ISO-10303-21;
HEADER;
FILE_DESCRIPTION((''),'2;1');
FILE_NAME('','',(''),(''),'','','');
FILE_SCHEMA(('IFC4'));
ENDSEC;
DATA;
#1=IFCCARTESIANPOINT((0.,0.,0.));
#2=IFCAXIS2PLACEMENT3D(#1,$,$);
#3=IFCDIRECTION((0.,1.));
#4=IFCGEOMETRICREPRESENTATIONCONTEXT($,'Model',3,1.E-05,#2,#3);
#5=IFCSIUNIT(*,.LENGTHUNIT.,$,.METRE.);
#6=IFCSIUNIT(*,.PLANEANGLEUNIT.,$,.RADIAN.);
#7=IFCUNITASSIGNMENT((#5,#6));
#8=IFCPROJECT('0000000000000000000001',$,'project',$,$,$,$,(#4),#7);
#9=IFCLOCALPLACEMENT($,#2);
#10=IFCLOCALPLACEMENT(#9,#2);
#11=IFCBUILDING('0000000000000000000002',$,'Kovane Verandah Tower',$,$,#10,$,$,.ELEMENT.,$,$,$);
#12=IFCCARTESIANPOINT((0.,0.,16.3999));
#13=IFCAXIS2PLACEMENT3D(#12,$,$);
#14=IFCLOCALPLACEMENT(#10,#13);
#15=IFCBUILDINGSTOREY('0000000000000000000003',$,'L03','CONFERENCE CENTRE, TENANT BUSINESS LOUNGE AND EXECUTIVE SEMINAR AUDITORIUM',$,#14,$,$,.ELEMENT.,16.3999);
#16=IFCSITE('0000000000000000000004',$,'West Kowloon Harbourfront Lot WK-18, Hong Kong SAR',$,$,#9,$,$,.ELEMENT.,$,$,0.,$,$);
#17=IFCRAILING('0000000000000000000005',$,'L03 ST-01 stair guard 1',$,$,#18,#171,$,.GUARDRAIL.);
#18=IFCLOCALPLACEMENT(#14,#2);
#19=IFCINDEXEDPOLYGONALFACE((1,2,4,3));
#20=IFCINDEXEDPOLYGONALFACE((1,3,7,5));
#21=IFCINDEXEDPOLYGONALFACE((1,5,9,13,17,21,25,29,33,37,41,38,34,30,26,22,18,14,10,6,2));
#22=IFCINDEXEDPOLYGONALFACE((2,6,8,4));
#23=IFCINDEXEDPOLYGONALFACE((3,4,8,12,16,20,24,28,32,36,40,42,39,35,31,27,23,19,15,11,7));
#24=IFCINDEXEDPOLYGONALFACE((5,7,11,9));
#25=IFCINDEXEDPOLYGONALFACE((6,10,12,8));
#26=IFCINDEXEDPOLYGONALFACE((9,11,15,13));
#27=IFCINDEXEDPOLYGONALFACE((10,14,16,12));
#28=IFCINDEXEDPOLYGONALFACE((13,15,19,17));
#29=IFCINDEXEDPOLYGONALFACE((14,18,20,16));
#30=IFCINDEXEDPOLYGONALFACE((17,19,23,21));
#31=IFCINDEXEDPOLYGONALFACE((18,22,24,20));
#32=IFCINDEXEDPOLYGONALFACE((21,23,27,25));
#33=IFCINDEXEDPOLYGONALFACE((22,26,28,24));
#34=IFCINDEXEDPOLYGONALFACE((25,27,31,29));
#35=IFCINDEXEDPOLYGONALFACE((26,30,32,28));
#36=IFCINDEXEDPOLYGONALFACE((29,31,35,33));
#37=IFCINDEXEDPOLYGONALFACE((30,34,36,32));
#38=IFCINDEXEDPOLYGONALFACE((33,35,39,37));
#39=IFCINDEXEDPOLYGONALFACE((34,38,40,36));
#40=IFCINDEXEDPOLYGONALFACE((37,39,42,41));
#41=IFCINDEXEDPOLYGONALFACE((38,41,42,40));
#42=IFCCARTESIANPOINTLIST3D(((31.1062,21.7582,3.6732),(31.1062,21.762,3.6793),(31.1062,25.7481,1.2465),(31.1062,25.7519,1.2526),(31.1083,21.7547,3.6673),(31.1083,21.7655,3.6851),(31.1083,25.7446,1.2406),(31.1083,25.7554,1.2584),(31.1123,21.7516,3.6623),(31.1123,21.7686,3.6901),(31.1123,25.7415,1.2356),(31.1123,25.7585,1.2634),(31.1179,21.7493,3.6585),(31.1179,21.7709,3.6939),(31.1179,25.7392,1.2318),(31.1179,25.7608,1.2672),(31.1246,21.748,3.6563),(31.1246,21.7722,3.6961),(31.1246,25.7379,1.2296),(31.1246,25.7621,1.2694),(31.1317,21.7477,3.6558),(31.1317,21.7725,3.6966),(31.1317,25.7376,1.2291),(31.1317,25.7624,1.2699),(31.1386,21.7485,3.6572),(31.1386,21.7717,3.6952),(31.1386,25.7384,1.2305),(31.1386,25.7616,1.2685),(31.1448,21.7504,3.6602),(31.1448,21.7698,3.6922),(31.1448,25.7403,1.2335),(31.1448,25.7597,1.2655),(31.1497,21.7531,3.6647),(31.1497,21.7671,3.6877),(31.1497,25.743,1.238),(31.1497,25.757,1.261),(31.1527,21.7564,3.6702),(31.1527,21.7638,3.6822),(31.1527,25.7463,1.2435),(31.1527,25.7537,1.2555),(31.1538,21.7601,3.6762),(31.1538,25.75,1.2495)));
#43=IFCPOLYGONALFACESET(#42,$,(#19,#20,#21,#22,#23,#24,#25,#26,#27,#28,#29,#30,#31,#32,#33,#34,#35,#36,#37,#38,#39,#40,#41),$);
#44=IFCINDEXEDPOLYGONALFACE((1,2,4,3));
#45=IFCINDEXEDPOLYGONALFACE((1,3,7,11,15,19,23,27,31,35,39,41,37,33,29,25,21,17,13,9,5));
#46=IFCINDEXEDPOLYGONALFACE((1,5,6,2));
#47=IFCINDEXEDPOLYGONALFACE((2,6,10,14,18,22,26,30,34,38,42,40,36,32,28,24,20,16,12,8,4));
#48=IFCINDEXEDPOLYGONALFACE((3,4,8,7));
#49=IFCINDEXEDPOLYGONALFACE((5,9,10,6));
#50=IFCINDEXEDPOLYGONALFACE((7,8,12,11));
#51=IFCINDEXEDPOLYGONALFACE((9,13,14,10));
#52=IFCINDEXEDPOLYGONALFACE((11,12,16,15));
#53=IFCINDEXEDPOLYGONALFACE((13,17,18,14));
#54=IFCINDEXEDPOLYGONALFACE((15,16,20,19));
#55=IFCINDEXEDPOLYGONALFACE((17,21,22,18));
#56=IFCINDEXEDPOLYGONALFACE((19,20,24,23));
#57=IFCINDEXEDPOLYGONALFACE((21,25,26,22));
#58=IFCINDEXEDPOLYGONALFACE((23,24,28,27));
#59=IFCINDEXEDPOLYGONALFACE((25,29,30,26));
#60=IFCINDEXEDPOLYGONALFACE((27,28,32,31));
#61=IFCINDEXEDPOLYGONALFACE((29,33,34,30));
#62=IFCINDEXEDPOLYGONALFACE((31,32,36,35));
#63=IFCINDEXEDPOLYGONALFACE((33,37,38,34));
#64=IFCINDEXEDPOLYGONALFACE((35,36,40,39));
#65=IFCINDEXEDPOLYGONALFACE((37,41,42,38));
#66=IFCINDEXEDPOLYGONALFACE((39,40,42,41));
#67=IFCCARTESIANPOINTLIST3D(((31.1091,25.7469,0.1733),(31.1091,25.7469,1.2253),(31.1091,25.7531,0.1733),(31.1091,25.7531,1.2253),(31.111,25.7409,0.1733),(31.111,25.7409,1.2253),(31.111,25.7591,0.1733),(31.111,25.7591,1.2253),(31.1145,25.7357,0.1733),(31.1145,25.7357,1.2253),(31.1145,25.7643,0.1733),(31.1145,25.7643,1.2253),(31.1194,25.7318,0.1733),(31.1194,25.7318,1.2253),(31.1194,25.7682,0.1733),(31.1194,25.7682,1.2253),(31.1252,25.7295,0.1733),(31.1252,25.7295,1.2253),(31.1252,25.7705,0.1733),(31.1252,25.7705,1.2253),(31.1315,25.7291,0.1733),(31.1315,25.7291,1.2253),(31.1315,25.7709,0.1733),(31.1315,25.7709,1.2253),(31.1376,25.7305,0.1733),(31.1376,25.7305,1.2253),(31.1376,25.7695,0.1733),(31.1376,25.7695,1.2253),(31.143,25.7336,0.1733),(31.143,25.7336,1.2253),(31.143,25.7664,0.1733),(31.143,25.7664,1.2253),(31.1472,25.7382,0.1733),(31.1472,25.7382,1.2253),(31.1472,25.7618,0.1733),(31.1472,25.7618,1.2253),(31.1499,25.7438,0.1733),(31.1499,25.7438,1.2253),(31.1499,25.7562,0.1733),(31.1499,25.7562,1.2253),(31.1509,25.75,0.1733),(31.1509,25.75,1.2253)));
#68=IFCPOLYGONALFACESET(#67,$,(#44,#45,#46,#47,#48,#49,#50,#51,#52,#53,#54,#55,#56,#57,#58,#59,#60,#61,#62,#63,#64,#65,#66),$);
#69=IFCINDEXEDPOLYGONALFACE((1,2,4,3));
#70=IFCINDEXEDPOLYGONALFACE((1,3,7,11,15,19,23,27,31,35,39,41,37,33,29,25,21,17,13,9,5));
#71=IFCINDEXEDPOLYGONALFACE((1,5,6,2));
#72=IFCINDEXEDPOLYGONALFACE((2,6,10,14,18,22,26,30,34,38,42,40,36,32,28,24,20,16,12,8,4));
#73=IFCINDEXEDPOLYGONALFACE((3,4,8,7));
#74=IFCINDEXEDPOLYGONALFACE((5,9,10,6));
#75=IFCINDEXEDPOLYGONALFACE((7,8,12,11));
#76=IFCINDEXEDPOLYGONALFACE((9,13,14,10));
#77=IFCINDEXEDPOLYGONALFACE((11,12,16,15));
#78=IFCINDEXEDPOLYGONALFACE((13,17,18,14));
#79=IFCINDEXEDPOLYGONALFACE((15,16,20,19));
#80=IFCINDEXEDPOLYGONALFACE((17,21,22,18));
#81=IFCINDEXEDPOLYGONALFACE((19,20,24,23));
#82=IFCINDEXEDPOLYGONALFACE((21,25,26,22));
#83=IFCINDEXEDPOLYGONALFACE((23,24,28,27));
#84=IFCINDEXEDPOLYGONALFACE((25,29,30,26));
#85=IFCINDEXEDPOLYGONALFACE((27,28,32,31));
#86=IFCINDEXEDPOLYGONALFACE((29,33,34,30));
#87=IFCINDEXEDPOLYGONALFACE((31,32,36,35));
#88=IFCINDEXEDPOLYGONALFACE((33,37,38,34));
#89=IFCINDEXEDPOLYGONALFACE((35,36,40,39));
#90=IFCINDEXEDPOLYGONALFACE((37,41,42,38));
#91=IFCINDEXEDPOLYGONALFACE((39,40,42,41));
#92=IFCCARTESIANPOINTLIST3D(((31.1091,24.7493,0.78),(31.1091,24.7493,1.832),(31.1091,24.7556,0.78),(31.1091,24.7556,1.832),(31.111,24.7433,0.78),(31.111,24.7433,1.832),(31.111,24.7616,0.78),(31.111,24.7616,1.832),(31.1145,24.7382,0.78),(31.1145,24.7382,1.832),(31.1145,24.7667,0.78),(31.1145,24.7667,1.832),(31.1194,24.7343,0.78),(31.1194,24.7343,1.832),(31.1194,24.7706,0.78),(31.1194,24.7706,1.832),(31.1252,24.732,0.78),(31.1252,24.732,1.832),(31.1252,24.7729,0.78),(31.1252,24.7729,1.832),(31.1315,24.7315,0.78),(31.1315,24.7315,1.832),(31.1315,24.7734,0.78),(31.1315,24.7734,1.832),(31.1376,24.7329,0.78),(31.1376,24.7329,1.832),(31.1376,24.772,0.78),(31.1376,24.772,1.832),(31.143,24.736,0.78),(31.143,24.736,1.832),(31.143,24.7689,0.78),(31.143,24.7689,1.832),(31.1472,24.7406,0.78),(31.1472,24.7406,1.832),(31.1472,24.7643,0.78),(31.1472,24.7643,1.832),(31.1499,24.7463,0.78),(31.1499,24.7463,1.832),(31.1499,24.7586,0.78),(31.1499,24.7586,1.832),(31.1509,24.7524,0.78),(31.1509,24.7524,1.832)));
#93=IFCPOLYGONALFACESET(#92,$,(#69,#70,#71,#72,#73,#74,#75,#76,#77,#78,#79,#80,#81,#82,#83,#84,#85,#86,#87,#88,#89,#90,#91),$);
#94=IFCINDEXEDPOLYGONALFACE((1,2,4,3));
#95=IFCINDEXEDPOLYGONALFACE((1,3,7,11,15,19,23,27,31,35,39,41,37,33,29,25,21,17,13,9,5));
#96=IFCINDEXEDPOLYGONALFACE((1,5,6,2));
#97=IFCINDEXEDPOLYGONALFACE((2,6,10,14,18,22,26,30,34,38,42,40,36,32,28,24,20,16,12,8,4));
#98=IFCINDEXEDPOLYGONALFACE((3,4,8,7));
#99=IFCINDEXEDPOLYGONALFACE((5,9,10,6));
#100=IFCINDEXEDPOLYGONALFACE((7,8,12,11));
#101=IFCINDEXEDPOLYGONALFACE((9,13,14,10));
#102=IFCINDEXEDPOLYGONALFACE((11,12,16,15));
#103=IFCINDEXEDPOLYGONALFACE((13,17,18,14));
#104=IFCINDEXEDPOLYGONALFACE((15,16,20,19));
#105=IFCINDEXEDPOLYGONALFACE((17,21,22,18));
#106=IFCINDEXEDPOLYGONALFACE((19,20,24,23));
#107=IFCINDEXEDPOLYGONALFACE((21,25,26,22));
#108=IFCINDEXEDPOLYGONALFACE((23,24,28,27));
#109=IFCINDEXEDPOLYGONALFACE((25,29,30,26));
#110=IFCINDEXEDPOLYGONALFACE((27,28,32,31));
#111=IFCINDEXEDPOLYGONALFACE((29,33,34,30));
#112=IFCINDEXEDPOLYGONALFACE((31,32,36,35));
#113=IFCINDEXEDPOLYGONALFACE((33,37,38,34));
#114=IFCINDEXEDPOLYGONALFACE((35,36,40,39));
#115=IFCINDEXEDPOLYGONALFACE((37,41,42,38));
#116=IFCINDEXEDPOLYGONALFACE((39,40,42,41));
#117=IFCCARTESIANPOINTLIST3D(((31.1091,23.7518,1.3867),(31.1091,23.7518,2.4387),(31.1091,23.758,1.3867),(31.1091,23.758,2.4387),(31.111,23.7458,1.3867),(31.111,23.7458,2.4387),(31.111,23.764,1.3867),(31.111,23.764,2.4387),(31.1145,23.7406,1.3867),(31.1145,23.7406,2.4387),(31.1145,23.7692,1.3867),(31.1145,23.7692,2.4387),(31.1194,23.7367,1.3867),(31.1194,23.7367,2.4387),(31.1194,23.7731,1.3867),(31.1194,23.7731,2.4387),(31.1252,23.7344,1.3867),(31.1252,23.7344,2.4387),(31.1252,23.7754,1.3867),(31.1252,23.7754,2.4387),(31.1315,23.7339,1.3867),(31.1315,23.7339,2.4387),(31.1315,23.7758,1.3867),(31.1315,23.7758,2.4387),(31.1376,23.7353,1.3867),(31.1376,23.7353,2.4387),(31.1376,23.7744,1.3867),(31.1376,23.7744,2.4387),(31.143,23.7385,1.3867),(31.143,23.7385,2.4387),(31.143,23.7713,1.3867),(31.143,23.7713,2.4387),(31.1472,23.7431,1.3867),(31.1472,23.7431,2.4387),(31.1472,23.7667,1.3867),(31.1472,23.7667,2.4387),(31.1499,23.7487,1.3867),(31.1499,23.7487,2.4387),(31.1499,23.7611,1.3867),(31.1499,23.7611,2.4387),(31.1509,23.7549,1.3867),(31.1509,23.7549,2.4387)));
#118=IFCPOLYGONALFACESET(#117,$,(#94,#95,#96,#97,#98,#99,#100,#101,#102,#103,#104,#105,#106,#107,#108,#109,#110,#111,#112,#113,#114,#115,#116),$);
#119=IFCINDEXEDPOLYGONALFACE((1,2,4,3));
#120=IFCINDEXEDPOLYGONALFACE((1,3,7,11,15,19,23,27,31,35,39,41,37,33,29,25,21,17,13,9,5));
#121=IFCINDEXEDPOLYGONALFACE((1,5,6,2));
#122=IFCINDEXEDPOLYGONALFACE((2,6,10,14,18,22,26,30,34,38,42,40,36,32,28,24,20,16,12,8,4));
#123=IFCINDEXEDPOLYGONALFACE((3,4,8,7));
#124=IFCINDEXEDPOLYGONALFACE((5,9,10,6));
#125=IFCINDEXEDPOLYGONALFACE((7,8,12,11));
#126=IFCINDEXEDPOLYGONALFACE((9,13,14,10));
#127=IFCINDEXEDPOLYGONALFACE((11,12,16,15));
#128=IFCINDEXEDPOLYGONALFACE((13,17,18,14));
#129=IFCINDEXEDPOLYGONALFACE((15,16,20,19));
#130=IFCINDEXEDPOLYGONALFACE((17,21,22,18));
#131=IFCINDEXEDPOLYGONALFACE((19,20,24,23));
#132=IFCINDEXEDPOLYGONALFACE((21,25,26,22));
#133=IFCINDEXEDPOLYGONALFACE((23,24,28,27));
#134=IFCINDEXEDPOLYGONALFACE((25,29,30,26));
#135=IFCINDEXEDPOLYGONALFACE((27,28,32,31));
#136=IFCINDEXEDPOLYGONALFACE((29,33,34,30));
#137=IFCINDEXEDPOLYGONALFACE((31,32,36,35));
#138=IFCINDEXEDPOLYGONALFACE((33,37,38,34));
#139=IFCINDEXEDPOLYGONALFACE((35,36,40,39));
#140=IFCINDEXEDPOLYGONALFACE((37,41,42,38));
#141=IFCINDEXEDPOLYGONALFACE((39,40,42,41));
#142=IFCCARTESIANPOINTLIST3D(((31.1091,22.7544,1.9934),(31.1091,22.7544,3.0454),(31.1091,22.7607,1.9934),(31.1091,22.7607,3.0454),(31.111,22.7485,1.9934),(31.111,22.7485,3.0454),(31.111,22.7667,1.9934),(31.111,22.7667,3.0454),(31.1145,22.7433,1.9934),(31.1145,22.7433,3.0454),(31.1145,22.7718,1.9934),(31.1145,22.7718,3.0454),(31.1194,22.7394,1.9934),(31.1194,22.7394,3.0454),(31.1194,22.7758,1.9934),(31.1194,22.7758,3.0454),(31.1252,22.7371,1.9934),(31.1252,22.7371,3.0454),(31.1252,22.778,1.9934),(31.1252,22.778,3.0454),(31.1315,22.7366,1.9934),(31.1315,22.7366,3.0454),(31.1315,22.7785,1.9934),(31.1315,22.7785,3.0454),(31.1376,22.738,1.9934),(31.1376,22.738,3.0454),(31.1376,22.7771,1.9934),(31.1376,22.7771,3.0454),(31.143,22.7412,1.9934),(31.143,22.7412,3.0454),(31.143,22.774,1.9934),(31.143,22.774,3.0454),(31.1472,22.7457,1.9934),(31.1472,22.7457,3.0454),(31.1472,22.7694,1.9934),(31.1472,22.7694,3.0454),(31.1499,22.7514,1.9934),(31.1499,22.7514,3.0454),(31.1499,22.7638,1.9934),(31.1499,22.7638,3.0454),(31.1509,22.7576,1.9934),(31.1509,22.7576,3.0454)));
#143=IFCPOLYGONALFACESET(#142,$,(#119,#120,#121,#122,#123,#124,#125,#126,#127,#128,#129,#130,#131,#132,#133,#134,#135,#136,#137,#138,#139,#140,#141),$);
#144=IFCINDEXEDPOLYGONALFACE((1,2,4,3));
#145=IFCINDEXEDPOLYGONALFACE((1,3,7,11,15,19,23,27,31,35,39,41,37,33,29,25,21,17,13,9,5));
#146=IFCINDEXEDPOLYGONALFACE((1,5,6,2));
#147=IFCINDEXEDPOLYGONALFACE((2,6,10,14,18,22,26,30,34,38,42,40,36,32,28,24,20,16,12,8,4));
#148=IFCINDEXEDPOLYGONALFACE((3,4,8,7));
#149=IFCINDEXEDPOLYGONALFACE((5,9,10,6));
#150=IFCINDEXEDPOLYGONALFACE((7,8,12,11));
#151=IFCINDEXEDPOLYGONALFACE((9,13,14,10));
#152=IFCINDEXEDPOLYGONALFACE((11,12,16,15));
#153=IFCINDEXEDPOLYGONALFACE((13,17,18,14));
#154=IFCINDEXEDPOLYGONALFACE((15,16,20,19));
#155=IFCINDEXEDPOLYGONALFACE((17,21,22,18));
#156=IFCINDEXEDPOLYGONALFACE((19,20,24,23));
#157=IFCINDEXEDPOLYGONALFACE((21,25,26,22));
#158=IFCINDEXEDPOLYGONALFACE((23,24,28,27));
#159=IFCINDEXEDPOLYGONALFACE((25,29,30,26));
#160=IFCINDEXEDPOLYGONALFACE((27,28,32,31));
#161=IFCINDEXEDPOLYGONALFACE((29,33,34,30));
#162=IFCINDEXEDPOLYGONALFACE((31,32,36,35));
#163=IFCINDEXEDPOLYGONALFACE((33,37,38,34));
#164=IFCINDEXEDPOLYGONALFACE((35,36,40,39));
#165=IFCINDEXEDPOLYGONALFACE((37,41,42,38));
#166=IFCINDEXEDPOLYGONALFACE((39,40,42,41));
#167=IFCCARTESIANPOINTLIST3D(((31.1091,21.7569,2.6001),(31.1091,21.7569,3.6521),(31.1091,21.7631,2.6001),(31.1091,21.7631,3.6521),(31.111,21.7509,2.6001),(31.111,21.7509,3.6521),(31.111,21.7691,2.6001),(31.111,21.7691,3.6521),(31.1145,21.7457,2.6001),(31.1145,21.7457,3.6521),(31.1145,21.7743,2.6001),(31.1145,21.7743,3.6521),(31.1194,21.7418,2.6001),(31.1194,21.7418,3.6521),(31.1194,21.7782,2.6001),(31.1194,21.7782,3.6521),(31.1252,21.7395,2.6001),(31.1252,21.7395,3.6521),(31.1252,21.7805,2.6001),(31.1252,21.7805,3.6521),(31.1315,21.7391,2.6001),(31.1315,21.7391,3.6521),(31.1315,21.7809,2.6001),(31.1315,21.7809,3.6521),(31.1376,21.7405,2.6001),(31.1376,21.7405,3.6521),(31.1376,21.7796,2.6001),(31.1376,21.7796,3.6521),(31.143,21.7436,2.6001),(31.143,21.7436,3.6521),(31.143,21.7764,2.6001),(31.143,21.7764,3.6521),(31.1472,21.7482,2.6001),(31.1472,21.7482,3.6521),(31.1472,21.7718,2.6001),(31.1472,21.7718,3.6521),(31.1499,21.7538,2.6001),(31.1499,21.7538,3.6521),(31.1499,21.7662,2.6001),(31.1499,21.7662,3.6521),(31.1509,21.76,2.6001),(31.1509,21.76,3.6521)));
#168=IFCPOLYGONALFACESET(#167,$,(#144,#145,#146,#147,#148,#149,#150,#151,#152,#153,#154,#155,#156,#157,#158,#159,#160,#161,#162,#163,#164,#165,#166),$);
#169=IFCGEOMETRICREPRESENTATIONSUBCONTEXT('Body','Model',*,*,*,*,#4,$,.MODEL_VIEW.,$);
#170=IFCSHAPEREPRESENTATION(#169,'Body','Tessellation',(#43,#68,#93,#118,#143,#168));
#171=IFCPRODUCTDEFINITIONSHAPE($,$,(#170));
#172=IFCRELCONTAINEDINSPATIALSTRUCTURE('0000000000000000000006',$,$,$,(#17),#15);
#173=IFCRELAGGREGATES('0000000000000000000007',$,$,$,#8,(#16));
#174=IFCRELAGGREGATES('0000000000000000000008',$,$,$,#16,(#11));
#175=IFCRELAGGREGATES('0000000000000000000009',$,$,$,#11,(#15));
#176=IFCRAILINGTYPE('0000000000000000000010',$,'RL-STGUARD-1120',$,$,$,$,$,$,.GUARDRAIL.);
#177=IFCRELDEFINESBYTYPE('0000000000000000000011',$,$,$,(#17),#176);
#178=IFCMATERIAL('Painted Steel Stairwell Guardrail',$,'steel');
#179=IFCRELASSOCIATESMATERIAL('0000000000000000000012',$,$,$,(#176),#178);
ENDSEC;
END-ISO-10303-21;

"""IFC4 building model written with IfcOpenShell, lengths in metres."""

from ifc_helpers import new_model, si_unit, direction, frame, origin, origin_2d, place, context, subcontext, project, spatial, circle, extrude, material, type_object, element, save


model = new_model("IFC4")

# Units and contexts
model_context = context("Model", 3, precision=1e-05, world=origin(), true_north=direction((0.0, 1.0)))
body_context = subcontext(model_context, "Body", "Model", "MODEL_VIEW")
ifc_project = project(units=[si_unit("LENGTHUNIT", "METRE"), si_unit("PLANEANGLEUNIT", "RADIAN")], contexts=[model_context])

# Site, building, storey
site_placement = place(None, origin())
site = spatial("IfcSite", under=ifc_project, at=site_placement, Name="West Kowloon Harbourfront Lot WK-18, Hong Kong SAR", CompositionType="ELEMENT", RefElevation=0.0)
building_placement = place(site_placement, origin())
building = spatial("IfcBuilding", under=site, at=building_placement, Name="Kovane Verandah Tower", CompositionType="ELEMENT")
storey_placement = place(building_placement, frame((0.0, 0.0, 16.3999)))
storey = spatial("IfcBuildingStorey", under=building, at=storey_placement, Name="L03", Description="CONFERENCE CENTRE, TENANT BUSINESS LOUNGE AND EXECUTIVE SEMINAR AUDITORIUM", CompositionType="ELEMENT", Elevation=16.3999)

# Railing
ifc_material_1 = material(Name="Painted Steel Stairwell Guardrail", Category="steel")
railing_type_1 = type_object("IfcRailingType", Name="RL-STGUARD-1120", PredefinedType="GUARDRAIL", material=ifc_material_1)
railing_1_placement = place(storey_placement, frame((31.1299, 25.75, 0.1733)))
element("IfcRailing", 1, at=railing_1_placement, inside=storey, type_object=railing_type_1, Name="L03 ST-01 stair guard 1", PredefinedType="GUARDRAIL", context=body_context, shape_type="SweptSolid", body=[
    extrude(circle(Radius=0.0239, at=origin_2d()), frame((0.0, 0.0, 1.0762), z_axis=(0.0, -0.854382, 0.519645), x_axis=(1.0, 0.0, 0.0)), (0.0, 0.0, 1.0), 4.6699),
    extrude(circle(Radius=0.021, at=origin_2d()), origin(), (0.0, 0.0, 1.0), 1.052),
    extrude(circle(Radius=0.021, at=origin_2d()), frame((0.0, -0.9976, 0.6067)), (0.0, 0.0, 1.0), 1.052),
    extrude(circle(Radius=0.021, at=origin_2d()), frame((0.0, -1.9951, 1.2134)), (0.0, 0.0, 1.0), 1.052),
    extrude(circle(Radius=0.021, at=origin_2d()), frame((0.0, -2.9924, 1.8201)), (0.0, 0.0, 1.0), 1.052),
    extrude(circle(Radius=0.021, at=origin_2d()), frame((0.0, -3.99, 2.4268)), (0.0, 0.0, 1.0), 1.052),
])

save(model, "model.ifc")
